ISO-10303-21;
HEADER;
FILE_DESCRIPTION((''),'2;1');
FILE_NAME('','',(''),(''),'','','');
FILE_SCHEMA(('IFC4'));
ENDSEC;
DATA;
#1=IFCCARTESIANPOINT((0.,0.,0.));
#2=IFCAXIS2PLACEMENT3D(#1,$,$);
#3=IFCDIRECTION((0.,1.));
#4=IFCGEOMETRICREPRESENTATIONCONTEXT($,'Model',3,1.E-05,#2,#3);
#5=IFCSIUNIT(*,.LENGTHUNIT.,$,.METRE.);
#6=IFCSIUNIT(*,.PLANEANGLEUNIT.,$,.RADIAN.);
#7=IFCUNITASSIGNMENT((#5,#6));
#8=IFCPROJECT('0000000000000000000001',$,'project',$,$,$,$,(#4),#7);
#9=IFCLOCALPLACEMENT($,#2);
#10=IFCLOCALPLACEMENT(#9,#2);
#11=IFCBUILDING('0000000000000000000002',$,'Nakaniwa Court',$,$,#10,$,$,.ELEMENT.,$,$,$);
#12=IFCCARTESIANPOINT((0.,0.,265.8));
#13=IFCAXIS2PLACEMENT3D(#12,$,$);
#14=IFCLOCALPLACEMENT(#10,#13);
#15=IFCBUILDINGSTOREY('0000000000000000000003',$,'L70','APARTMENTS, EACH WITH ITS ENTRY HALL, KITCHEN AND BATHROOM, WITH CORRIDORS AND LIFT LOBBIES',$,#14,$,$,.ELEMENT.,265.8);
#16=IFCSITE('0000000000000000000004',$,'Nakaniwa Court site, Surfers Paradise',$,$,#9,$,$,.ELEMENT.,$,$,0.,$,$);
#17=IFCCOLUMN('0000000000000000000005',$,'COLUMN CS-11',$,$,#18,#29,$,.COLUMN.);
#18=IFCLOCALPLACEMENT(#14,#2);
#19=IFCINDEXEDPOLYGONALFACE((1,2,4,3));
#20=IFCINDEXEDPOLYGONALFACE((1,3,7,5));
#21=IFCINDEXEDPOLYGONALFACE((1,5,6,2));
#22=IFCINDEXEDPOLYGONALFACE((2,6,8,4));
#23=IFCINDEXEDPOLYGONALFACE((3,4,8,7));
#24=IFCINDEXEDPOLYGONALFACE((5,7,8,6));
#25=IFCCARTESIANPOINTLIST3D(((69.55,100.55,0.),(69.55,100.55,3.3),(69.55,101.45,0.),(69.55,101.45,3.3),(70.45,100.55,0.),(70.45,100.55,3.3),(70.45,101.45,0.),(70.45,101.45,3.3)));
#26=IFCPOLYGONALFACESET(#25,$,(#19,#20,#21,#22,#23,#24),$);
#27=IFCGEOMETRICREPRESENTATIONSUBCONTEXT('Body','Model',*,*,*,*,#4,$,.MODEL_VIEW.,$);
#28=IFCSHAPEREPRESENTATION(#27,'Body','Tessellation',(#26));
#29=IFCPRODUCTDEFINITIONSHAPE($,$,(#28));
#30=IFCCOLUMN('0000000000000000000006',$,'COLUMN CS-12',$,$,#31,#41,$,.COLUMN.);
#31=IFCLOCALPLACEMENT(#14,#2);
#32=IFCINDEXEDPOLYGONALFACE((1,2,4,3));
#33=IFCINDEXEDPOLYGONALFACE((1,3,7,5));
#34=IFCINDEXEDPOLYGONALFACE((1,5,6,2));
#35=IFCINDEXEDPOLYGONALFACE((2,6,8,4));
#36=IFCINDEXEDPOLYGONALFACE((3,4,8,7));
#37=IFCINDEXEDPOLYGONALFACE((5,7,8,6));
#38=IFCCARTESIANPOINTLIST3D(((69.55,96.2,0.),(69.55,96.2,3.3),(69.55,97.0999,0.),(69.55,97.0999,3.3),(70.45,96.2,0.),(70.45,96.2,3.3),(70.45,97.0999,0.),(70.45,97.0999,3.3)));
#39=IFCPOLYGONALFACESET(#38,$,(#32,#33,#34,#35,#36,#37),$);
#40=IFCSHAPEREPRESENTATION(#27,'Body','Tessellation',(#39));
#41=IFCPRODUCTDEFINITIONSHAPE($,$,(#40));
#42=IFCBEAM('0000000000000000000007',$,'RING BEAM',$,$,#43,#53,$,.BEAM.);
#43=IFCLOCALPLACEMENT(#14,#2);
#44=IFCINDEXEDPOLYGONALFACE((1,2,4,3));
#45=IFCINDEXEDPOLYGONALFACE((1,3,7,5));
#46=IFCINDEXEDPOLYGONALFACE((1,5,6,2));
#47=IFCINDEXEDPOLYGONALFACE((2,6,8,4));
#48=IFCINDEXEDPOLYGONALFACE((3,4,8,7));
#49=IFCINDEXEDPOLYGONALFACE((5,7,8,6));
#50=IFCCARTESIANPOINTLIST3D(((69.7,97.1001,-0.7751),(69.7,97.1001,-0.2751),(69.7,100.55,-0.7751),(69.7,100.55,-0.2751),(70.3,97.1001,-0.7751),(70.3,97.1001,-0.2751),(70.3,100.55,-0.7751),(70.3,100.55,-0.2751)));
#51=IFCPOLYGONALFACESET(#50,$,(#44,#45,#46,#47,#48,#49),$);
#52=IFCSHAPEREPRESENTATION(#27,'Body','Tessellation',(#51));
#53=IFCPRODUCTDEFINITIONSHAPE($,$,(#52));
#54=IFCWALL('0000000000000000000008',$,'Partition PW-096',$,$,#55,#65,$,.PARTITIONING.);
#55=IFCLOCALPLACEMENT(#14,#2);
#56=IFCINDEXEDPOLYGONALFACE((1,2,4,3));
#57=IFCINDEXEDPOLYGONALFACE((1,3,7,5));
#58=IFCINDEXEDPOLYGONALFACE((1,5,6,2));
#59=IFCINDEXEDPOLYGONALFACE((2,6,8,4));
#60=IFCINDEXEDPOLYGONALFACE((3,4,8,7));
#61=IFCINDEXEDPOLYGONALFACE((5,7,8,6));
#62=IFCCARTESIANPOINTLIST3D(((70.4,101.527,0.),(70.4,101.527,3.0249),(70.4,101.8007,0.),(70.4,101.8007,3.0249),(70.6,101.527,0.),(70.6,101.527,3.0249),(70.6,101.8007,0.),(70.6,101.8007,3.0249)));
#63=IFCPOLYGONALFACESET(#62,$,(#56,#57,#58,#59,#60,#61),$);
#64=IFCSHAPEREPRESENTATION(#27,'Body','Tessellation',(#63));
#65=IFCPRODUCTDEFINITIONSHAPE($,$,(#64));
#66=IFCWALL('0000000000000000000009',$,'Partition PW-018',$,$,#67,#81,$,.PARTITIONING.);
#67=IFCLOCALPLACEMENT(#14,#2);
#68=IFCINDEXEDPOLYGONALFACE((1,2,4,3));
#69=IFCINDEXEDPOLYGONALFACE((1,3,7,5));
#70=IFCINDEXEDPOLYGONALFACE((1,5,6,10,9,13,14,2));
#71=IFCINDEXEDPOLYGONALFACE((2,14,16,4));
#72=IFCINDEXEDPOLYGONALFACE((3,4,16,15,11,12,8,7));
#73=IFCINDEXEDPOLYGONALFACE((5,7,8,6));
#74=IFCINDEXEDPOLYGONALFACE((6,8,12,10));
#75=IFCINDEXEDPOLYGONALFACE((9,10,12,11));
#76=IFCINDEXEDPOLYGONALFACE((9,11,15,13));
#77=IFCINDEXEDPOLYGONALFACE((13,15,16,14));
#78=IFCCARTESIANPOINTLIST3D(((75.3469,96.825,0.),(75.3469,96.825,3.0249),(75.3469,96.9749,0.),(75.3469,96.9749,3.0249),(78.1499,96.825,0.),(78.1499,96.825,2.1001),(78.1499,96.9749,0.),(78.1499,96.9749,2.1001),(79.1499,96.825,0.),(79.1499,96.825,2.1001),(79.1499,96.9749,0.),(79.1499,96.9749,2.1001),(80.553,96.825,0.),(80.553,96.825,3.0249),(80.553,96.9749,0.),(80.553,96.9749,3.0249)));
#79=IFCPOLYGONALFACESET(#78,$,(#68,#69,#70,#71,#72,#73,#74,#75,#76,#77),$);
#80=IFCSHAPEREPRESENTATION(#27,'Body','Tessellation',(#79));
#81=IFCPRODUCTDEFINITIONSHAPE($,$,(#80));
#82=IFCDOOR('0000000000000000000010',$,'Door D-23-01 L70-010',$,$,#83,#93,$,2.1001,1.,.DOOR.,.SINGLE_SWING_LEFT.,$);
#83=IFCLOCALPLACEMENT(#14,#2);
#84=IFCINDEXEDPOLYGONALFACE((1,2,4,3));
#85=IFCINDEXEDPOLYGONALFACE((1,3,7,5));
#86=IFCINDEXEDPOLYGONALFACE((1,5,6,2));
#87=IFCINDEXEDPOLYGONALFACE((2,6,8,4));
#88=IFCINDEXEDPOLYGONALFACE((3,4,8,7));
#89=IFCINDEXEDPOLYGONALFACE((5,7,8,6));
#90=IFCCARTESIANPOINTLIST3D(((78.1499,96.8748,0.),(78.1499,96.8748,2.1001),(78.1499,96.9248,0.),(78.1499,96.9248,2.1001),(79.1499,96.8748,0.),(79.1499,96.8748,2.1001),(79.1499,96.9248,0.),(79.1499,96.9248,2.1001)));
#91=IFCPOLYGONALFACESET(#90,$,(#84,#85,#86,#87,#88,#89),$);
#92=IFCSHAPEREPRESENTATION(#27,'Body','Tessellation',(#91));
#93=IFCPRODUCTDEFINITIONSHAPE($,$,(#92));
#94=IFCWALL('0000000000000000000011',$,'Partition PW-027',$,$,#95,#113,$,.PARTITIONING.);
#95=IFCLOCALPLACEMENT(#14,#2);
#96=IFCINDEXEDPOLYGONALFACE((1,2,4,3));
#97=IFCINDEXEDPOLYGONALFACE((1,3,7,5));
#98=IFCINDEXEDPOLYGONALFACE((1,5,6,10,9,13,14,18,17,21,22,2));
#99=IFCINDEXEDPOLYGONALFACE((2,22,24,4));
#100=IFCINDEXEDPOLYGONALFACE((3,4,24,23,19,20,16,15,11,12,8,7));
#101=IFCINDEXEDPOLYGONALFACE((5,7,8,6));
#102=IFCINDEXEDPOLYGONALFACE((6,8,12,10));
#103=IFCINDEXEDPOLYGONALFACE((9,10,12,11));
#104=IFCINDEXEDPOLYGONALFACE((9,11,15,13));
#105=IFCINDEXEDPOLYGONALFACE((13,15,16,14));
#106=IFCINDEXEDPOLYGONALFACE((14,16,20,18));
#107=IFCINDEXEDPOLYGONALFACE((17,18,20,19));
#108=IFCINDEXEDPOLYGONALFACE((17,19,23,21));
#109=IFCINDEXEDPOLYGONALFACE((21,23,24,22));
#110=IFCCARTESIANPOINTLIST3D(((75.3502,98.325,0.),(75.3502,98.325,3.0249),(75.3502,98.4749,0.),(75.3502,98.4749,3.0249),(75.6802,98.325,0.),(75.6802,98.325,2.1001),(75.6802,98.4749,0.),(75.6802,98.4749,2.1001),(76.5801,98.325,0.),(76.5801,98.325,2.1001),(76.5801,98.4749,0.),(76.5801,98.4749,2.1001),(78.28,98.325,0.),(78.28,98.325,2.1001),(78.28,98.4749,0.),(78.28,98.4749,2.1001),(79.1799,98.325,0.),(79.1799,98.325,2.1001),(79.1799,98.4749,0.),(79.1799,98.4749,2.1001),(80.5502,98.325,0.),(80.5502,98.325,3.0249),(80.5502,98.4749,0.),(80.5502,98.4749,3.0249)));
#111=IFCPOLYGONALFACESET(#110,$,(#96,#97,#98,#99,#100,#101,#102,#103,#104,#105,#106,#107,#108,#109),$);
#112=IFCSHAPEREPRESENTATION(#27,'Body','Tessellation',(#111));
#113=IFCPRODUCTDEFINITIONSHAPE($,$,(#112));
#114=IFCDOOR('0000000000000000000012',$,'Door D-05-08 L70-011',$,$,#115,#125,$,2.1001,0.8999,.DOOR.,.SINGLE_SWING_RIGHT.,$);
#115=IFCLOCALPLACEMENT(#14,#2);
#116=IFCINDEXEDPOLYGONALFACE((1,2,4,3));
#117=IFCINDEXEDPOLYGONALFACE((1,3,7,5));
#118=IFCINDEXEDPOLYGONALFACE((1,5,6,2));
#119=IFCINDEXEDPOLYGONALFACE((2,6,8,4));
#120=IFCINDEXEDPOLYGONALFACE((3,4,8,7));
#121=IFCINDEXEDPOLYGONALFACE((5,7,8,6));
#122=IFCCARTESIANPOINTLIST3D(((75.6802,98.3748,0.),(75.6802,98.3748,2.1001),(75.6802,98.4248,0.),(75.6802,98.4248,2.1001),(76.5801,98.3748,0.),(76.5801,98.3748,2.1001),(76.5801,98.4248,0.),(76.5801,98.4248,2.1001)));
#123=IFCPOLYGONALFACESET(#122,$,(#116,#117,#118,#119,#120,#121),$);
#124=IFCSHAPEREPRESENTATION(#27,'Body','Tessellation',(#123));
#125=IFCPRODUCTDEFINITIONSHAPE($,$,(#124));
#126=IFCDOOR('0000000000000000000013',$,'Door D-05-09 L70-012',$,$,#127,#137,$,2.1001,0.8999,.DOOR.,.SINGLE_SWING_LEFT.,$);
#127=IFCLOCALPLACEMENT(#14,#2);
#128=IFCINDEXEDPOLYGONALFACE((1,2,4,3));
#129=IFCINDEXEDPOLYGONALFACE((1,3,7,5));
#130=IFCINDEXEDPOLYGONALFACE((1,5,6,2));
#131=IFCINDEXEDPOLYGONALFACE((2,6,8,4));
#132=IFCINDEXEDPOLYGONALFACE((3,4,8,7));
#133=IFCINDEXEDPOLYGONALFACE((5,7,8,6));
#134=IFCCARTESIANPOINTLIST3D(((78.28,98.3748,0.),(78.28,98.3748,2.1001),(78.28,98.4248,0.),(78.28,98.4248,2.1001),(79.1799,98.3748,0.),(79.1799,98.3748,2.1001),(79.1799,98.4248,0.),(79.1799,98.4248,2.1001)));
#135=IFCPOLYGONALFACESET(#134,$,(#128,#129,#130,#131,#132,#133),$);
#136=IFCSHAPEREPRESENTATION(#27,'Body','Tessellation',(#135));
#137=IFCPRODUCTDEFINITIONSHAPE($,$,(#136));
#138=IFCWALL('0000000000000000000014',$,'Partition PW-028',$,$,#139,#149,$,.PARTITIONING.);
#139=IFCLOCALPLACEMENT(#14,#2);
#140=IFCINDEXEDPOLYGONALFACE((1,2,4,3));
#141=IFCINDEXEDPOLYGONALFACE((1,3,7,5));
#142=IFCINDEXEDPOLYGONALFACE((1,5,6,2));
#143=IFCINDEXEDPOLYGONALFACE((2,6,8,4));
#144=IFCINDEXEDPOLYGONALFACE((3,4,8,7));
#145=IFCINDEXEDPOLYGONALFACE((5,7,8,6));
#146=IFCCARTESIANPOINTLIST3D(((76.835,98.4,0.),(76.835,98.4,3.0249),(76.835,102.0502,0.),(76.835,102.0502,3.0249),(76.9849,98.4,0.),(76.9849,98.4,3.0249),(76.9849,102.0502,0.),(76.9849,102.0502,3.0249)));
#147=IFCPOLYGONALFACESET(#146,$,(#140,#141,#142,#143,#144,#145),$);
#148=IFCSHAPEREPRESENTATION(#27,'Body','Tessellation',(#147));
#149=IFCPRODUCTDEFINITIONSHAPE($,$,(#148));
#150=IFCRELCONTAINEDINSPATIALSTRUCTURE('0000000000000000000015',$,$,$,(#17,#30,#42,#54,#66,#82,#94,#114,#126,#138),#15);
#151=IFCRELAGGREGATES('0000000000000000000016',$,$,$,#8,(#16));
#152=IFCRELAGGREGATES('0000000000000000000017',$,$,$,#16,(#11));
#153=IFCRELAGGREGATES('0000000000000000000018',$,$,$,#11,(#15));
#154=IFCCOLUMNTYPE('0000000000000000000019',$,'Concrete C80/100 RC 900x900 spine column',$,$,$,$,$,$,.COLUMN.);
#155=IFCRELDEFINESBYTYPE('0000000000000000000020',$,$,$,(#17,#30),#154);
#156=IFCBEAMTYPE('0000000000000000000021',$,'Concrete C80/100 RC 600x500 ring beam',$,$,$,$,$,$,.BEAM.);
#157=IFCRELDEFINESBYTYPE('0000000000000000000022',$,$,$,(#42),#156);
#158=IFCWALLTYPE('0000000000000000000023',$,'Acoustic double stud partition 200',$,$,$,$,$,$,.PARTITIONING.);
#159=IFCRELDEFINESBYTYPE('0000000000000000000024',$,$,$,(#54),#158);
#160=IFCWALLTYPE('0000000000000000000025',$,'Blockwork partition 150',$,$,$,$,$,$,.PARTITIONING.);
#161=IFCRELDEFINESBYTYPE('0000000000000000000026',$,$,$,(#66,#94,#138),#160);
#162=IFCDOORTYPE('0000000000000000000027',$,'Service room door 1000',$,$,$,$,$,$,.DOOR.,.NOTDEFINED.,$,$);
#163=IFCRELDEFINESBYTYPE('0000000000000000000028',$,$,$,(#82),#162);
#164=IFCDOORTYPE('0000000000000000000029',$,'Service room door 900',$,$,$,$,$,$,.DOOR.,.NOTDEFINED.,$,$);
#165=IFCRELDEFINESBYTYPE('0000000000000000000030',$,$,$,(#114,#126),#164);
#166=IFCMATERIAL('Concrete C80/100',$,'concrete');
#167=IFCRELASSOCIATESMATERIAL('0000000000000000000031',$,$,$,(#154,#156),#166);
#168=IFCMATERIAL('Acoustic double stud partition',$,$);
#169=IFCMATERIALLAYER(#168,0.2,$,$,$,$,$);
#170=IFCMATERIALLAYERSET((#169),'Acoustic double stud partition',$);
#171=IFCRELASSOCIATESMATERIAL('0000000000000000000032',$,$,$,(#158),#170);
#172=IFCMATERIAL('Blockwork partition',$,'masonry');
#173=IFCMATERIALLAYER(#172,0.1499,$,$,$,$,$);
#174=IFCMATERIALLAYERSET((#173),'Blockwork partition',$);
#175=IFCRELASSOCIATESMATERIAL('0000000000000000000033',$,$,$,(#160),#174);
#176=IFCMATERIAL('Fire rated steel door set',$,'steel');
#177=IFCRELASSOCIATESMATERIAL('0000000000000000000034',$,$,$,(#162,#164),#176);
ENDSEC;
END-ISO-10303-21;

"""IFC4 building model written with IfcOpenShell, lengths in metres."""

from ifc_helpers import new_model, si_unit, direction, frame, frame_2d, origin, origin_2d, place, context, subcontext, project, spatial, rectangle, extrude, material, layer, layer_set, material_profile, profile_set, type_object, element, fill, save


model = new_model("IFC4")

# Units and contexts
model_context = context("Model", 3, precision=1e-05, world=origin(), true_north=direction((0.0, 1.0)))
body_context = subcontext(model_context, "Body", "Model", "MODEL_VIEW")
ifc_project = project(units=[si_unit("LENGTHUNIT", "METRE"), si_unit("PLANEANGLEUNIT", "RADIAN")], contexts=[model_context])

# Site, building, storey
site_placement = place(None, origin())
site = spatial("IfcSite", under=ifc_project, at=site_placement, Name="Nakaniwa Court site, Surfers Paradise", CompositionType="ELEMENT", RefElevation=0.0)
building_placement = place(site_placement, origin())
building = spatial("IfcBuilding", under=site, at=building_placement, Name="Nakaniwa Court", CompositionType="ELEMENT")
storey_placement = place(building_placement, frame((0.0, 0.0, 265.8)))
storey = spatial("IfcBuildingStorey", under=building, at=storey_placement, Name="L70", Description="APARTMENTS, EACH WITH ITS ENTRY HALL, KITCHEN AND BATHROOM, WITH CORRIDORS AND LIFT LOBBIES", CompositionType="ELEMENT", Elevation=265.8)

# Columns
ifc_material_1 = material(Name="Concrete C80/100", Category="concrete")
ifc_material_profile_1 = material_profile(ifc_material_1, rectangle(XDim=0.8999, YDim=0.8999, at=origin_2d()), Name="Concrete C80/100 RC 900x900 spine column")
ifc_profile_set_1 = profile_set([ifc_material_profile_1], Name="Concrete C80/100")
column_type = type_object("IfcColumnType", Name="Concrete C80/100 RC 900x900 spine column", PredefinedType="COLUMN", material=ifc_profile_set_1)
for number, where, z_axis, x_axis, name in (
    (1, (70.0, 101.0, 0.0), (0.0, 0.0, 1.0), (0.0, -1.0, 0.0), "COLUMN CS-11"),
    (2, (70.0, 96.6499, 0.0), (0.0, 0.0, 1.0), (0.0, -1.0, 0.0), "COLUMN CS-12"),
):
    element("IfcColumn", number, at=place(storey_placement, frame(where, z_axis=z_axis, x_axis=x_axis)), inside=storey, type_object=column_type, Name=name, PredefinedType="COLUMN", context=body_context, shape_type="SweptSolid", body=[
        extrude(rectangle(XDim=0.8999, YDim=0.8999, at=origin_2d()), origin(), (0.0, 0.0, 1.0), 3.3),
    ])

# Beam
ifc_material_profile_2 = material_profile(ifc_material_1, rectangle(XDim=0.6001, YDim=0.5, at=origin_2d()), Name="Concrete C80/100 RC 600x500 ring beam")
ifc_profile_set_2 = profile_set([ifc_material_profile_2], Name="Concrete C80/100")
beam_type = type_object("IfcBeamType", Name="Concrete C80/100 RC 600x500 ring beam", PredefinedType="BEAM", material=ifc_profile_set_2)
beam_placement = place(storey_placement, frame((70.0, 100.55, -0.5251), z_axis=(0.0, -1.0, 0.0), x_axis=(1.0, 0.0, 0.0)))
element("IfcBeam", 3, at=beam_placement, inside=storey, type_object=beam_type, Name="RING BEAM", PredefinedType="BEAM", context=body_context, shape_type="SweptSolid", body=[
    extrude(rectangle(XDim=0.6001, YDim=0.5, at=origin_2d()), origin(), (0.0, 0.0, 1.0), 3.45),
])

# Wall
ifc_material_2 = material(Name="Acoustic double stud partition")
ifc_layer_1 = layer(ifc_material_2, 0.2)
ifc_layer_set_1 = layer_set([ifc_layer_1], Name="Acoustic double stud partition")
wall_type_1 = type_object("IfcWallType", Name="Acoustic double stud partition 200", PredefinedType="PARTITIONING", material=ifc_layer_set_1)
wall_1_placement = place(storey_placement, frame((70.5, 101.5271, 0.0), z_axis=(0.0, 0.0, 1.0), x_axis=(0.0, 1.0, 0.0)))
element("IfcWall", 4, at=wall_1_placement, inside=storey, type_object=wall_type_1, Name="Partition PW-096", PredefinedType="PARTITIONING", context=body_context, shape_type="SweptSolid", body=[
    extrude(rectangle(XDim=0.2737, YDim=0.2, at=frame_2d((0.1367, 0.0))), origin(), (0.0, 0.0, 1.0), 3.0249),
])

# Wall, opening, door
ifc_material_3 = material(Name="Blockwork partition", Category="masonry")
ifc_layer_2 = layer(ifc_material_3, 0.1499)
ifc_layer_set_2 = layer_set([ifc_layer_2], Name="Blockwork partition")
wall_type_2 = type_object("IfcWallType", Name="Blockwork partition 150", PredefinedType="PARTITIONING", material=ifc_layer_set_2)
wall_2_placement = place(storey_placement, frame((75.3469, 96.8999, 0.0), z_axis=(0.0, 0.0, 1.0), x_axis=(1.0, 0.0, 0.0)))
wall_2 = element("IfcWall", 5, at=wall_2_placement, inside=storey, type_object=wall_type_2, Name="Partition PW-018", PredefinedType="PARTITIONING", context=body_context, shape_type="SweptSolid", body=[
    extrude(rectangle(XDim=5.2061, YDim=0.1499, at=frame_2d((2.603, 0.0))), origin(), (0.0, 0.0, 1.0), 3.0249),
])
opening_1_placement = place(wall_2_placement, frame((2.803, 0.0, 0.0)))
opening_1 = element("IfcOpeningElement", 6, at=opening_1_placement, cuts=wall_2, PredefinedType="OPENING", context=body_context, shape_type="SweptSolid", body=[
    extrude(rectangle(XDim=1.0, YDim=2.1001, at=frame_2d((0.5, 1.05))), frame((0.0, 0.085, 0.0), z_axis=(0.0, -1.0, 0.0), x_axis=(1.0, 0.0, 0.0)), (0.0, 0.0, 1.0), 0.1699),
])
ifc_material_4 = material(Name="Fire rated steel door set", Category="steel")
door_type_1 = type_object("IfcDoorType", Name="Service room door 1000", OperationType="NOTDEFINED", PredefinedType="DOOR", material=ifc_material_4)
door_1_placement = place(opening_1_placement, origin())
door_1 = element("IfcDoor", 7, at=door_1_placement, inside=storey, type_object=door_type_1, Name="Door D-23-01 L70-010", OperationType="SINGLE_SWING_LEFT", OverallHeight=2.1001, OverallWidth=1.0, PredefinedType="DOOR", context=body_context, shape_type="SweptSolid", body=[
    extrude(rectangle(XDim=1.0, YDim=2.1001, at=frame_2d((0.5, 1.05))), frame((0.0, 0.0249, 0.0), z_axis=(0.0, -1.0, 0.0), x_axis=(1.0, 0.0, 0.0)), (0.0, 0.0, 1.0), 0.05),
])
fill(opening_1, door_1)

# Wall, openings, doors
wall_3_placement = place(storey_placement, frame((75.3501, 98.3999, 0.0), z_axis=(0.0, 0.0, 1.0), x_axis=(1.0, 0.0, 0.0)))
wall_3 = element("IfcWall", 8, at=wall_3_placement, inside=storey, type_object=wall_type_2, Name="Partition PW-027", PredefinedType="PARTITIONING", context=body_context, shape_type="SweptSolid", body=[
    extrude(rectangle(XDim=5.2, YDim=0.1499, at=frame_2d((2.6001, 0.0))), origin(), (0.0, 0.0, 1.0), 3.0249),
])
opening_2_placement = place(wall_3_placement, frame((0.3301, 0.0, 0.0)))
opening_2 = element("IfcOpeningElement", 9, at=opening_2_placement, cuts=wall_3, PredefinedType="OPENING", context=body_context, shape_type="SweptSolid", body=[
    extrude(rectangle(XDim=0.8999, YDim=2.1001, at=frame_2d((0.45, 1.05))), frame((0.0, 0.085, 0.0), z_axis=(0.0, -1.0, 0.0), x_axis=(1.0, 0.0, 0.0)), (0.0, 0.0, 1.0), 0.1699),
])
opening_3_placement = place(wall_3_placement, frame((2.9299, 0.0, 0.0)))
opening_3 = element("IfcOpeningElement", 10, at=opening_3_placement, cuts=wall_3, PredefinedType="OPENING", context=body_context, shape_type="SweptSolid", body=[
    extrude(rectangle(XDim=0.8999, YDim=2.1001, at=frame_2d((0.45, 1.05))), frame((0.0, 0.085, 0.0), z_axis=(0.0, -1.0, 0.0), x_axis=(1.0, 0.0, 0.0)), (0.0, 0.0, 1.0), 0.1699),
])
door_type_2 = type_object("IfcDoorType", Name="Service room door 900", OperationType="NOTDEFINED", PredefinedType="DOOR", material=ifc_material_4)
door_2_placement = place(opening_2_placement, origin())
door_2 = element("IfcDoor", 11, at=door_2_placement, inside=storey, type_object=door_type_2, Name="Door D-05-08 L70-011", OperationType="SINGLE_SWING_RIGHT", OverallHeight=2.1001, OverallWidth=0.8999, PredefinedType="DOOR", context=body_context, shape_type="SweptSolid", body=[
    extrude(rectangle(XDim=0.8999, YDim=2.1001, at=frame_2d((0.45, 1.05))), frame((0.0, 0.0249, 0.0), z_axis=(0.0, -1.0, 0.0), x_axis=(1.0, 0.0, 0.0)), (0.0, 0.0, 1.0), 0.05),
])
fill(opening_2, door_2)
door_3_placement = place(opening_3_placement, origin())
door_3 = element("IfcDoor", 12, at=door_3_placement, inside=storey, type_object=door_type_2, Name="Door D-05-09 L70-012", OperationType="SINGLE_SWING_LEFT", OverallHeight=2.1001, OverallWidth=0.8999, PredefinedType="DOOR", context=body_context, shape_type="SweptSolid", body=[
    extrude(rectangle(XDim=0.8999, YDim=2.1001, at=frame_2d((0.45, 1.05))), frame((0.0, 0.0249, 0.0), z_axis=(0.0, -1.0, 0.0), x_axis=(1.0, 0.0, 0.0)), (0.0, 0.0, 1.0), 0.05),
])
fill(opening_3, door_3)

# Wall
wall_4_placement = place(storey_placement, frame((76.9099, 98.3999, 0.0), z_axis=(0.0, 0.0, 1.0), x_axis=(0.0, 1.0, 0.0)))
element("IfcWall", 13, at=wall_4_placement, inside=storey, type_object=wall_type_2, Name="Partition PW-028", PredefinedType="PARTITIONING", context=body_context, shape_type="SweptSolid", body=[
    extrude(rectangle(XDim=3.6501, YDim=0.1499, at=frame_2d((1.8252, 0.0))), origin(), (0.0, 0.0, 1.0), 3.0249),
])

save(model, "model.ifc")
